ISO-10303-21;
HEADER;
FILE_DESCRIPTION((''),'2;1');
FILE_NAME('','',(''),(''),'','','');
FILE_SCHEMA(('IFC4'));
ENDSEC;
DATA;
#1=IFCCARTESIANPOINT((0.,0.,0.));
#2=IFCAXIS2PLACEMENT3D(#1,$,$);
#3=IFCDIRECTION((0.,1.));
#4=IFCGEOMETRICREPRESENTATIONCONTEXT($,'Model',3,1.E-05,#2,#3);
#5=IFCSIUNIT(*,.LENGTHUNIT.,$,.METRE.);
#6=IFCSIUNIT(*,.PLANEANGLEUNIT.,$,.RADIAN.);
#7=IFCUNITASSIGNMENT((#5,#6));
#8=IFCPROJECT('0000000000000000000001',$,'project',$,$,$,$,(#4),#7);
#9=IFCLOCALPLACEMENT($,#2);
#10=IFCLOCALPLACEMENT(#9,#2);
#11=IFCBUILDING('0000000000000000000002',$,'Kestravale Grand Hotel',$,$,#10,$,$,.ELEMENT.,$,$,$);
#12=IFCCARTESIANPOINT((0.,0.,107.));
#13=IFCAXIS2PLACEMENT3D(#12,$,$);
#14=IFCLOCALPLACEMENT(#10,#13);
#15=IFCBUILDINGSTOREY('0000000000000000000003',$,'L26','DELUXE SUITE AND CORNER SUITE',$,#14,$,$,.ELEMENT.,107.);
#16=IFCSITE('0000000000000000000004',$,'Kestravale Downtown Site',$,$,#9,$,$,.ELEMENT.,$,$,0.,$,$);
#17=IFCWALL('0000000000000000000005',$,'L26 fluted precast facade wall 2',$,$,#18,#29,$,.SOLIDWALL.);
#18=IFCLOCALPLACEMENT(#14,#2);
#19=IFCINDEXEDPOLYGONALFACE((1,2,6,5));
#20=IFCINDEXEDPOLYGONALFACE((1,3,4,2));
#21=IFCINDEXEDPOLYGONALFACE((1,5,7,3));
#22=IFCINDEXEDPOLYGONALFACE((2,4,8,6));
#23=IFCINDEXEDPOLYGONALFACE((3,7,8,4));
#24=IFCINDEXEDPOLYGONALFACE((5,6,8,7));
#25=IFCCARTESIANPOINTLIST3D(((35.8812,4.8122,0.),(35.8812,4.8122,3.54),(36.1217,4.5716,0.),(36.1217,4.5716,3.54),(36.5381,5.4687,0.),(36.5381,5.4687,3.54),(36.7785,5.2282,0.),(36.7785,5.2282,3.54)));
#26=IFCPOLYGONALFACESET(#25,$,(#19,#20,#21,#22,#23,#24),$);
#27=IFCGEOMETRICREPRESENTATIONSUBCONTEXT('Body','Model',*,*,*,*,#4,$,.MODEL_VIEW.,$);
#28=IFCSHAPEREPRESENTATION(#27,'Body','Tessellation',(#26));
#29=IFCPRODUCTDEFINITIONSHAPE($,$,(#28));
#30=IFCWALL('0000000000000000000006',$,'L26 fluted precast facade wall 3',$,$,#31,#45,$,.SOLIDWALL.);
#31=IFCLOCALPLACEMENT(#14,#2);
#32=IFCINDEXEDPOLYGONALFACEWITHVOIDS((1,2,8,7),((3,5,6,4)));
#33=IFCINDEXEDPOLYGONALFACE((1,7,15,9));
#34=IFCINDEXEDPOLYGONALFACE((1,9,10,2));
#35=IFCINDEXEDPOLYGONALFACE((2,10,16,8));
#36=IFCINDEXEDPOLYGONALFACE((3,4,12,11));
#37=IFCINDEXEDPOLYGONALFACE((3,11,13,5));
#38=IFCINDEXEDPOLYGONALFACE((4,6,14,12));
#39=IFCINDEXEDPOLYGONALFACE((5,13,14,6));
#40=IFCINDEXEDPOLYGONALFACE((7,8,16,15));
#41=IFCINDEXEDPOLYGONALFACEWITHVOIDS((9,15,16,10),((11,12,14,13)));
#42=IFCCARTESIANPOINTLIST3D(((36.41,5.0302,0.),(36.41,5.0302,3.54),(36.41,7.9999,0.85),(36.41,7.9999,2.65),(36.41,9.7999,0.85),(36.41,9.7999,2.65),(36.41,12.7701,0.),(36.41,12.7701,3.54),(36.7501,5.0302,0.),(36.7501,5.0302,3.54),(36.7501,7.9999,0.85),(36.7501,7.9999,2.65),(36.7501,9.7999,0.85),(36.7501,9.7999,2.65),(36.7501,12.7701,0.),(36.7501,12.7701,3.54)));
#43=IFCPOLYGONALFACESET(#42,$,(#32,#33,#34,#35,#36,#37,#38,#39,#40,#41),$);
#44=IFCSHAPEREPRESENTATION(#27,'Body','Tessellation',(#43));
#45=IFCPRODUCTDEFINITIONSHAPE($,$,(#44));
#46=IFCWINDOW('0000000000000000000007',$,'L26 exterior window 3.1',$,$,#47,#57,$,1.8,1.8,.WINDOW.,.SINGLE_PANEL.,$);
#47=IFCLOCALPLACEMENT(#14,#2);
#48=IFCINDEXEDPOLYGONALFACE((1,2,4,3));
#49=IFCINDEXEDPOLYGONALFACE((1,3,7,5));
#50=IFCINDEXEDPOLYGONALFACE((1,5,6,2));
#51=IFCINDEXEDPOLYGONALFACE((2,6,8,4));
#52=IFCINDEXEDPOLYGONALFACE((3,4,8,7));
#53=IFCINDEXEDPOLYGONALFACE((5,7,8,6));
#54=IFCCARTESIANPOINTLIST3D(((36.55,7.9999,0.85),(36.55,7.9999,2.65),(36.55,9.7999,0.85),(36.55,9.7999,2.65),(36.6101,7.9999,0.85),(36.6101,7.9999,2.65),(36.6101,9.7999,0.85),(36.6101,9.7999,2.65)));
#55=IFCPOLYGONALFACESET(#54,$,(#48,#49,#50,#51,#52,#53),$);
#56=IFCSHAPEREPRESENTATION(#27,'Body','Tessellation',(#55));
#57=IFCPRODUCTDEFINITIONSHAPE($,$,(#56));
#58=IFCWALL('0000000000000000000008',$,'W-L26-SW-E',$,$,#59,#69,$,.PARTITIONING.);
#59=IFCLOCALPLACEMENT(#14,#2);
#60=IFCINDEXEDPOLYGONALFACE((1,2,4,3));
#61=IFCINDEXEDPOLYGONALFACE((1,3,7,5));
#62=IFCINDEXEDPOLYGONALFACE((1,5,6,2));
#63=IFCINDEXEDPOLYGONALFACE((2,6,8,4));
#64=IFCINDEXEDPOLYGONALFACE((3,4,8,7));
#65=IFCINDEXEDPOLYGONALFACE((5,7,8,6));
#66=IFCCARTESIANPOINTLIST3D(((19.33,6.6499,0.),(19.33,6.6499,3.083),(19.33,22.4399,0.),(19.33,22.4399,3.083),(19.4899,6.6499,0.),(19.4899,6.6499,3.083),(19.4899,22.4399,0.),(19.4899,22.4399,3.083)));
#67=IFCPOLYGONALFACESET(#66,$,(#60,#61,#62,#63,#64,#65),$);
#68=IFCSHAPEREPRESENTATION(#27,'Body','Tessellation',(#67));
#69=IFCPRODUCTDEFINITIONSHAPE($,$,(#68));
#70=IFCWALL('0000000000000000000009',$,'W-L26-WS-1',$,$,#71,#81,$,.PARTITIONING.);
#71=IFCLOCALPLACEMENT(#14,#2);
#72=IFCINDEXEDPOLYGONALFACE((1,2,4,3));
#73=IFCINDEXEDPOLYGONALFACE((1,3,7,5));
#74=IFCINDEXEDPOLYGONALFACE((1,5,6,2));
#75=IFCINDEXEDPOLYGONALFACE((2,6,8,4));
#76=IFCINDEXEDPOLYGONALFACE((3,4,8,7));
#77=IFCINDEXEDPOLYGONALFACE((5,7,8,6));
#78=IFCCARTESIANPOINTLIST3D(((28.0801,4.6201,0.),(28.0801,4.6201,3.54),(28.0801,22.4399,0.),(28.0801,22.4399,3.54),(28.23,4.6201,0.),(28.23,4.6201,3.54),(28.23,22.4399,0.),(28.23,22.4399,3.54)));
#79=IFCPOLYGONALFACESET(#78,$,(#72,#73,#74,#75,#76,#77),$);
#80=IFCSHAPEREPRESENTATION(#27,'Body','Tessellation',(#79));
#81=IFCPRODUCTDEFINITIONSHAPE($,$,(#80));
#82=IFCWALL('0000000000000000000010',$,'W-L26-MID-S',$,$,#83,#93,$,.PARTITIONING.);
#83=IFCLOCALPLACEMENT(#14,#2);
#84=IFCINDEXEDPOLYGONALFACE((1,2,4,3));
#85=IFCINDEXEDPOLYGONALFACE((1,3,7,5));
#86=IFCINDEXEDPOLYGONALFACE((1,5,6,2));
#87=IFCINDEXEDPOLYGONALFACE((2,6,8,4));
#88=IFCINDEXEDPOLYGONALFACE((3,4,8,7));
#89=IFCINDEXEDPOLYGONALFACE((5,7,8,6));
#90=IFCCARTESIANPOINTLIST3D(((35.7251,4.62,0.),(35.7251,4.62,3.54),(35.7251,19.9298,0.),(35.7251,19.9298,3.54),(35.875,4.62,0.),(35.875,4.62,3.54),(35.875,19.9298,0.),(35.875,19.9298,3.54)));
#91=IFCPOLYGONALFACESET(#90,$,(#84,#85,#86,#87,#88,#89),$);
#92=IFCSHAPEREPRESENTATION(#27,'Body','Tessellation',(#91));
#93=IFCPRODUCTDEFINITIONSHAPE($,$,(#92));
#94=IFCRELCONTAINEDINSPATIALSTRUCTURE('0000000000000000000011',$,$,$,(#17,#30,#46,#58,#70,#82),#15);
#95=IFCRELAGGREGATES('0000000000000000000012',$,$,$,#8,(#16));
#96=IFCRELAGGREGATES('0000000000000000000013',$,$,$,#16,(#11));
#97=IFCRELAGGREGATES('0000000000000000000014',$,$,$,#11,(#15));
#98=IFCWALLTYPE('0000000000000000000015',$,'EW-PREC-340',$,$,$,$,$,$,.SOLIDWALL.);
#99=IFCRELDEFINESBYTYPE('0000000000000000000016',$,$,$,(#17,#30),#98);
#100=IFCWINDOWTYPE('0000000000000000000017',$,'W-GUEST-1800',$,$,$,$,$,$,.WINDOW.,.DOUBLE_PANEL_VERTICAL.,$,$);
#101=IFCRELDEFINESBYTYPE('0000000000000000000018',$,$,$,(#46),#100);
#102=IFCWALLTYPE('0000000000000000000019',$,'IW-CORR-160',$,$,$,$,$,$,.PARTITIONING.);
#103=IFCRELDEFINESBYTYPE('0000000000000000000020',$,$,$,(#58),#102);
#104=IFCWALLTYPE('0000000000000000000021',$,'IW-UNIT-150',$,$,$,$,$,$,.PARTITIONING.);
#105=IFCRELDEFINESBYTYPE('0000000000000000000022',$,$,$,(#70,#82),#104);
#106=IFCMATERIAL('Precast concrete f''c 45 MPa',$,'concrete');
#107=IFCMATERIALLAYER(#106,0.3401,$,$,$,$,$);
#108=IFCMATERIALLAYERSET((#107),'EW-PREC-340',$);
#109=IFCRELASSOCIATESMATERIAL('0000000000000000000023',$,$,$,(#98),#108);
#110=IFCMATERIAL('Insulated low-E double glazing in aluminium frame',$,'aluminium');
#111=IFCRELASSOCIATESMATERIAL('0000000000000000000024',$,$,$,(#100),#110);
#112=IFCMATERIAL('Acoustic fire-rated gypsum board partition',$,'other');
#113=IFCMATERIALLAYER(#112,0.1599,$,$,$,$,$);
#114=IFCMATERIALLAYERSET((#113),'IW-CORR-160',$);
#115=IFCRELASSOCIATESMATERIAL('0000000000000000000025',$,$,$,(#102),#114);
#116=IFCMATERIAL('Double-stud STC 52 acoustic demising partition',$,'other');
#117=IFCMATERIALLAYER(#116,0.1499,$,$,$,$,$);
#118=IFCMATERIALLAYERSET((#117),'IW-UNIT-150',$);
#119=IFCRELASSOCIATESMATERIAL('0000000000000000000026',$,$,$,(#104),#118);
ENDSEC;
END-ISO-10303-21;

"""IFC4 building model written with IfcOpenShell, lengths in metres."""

from ifc_helpers import new_model, si_unit, direction, frame, frame_2d, origin, place, context, subcontext, project, spatial, rectangle, extrude, material, layer, layer_set, type_object, element, fill, save


model = new_model("IFC4")

# Units and contexts
model_context = context("Model", 3, precision=1e-05, world=origin(), true_north=direction((0.0, 1.0)))
body_context = subcontext(model_context, "Body", "Model", "MODEL_VIEW")
ifc_project = project(units=[si_unit("LENGTHUNIT", "METRE"), si_unit("PLANEANGLEUNIT", "RADIAN")], contexts=[model_context])

# Site, building, storey
site_placement = place(None, origin())
site = spatial("IfcSite", under=ifc_project, at=site_placement, Name="Kestravale Downtown Site", CompositionType="ELEMENT", RefElevation=0.0)
building_placement = place(site_placement, origin())
building = spatial("IfcBuilding", under=site, at=building_placement, Name="Kestravale Grand Hotel", CompositionType="ELEMENT")
storey_placement = place(building_placement, frame((0.0, 0.0, 107.0)))
storey = spatial("IfcBuildingStorey", under=building, at=storey_placement, Name="L26", Description="DELUXE SUITE AND CORNER SUITE", CompositionType="ELEMENT", Elevation=107.0)

# Wall
ifc_material_1 = material(Name="Precast concrete f'c 45 MPa", Category="concrete")
ifc_layer_1 = layer(ifc_material_1, 0.3401)
ifc_layer_set_1 = layer_set([ifc_layer_1], Name="EW-PREC-340")
wall_type_1 = type_object("IfcWallType", Name="EW-PREC-340", PredefinedType="SOLIDWALL", material=ifc_layer_set_1)
wall_1_placement = place(storey_placement, frame((36.0015, 4.6919, 0.0), z_axis=(0.0, 0.0, 1.0), x_axis=(0.707238, 0.706975, 0.0)))
element("IfcWall", 1, at=wall_1_placement, inside=storey, type_object=wall_type_1, Name="L26 fluted precast facade wall 2", PredefinedType="SOLIDWALL", context=body_context, shape_type="SweptSolid", body=[
    extrude(rectangle(XDim=0.9287, YDim=0.3401, at=frame_2d((0.4644, 0.0))), origin(), (0.0, 0.0, 1.0), 3.54),
])

# Wall, opening, window
wall_2_placement = place(storey_placement, frame((36.5801, 5.03, 0.0), z_axis=(0.0, 0.0, 1.0), x_axis=(0.0, 1.0, 0.0)))
wall_2 = element("IfcWall", 2, at=wall_2_placement, inside=storey, type_object=wall_type_1, Name="L26 fluted precast facade wall 3", PredefinedType="SOLIDWALL", context=body_context, shape_type="SweptSolid", body=[
    extrude(rectangle(XDim=7.74, YDim=0.3401, at=frame_2d((3.8701, 0.0))), origin(), (0.0, 0.0, 1.0), 3.54),
])
opening_placement = place(wall_2_placement, frame((2.97, 0.0, 0.8501)))
opening = element("IfcOpeningElement", 3, at=opening_placement, cuts=wall_2, PredefinedType="OPENING", context=body_context, shape_type="SweptSolid", body=[
    extrude(rectangle(XDim=1.8, YDim=1.8, at=frame_2d((0.8999, 0.8999))), frame((0.0, 0.1799, 0.0), z_axis=(0.0, -1.0, 0.0), x_axis=(1.0, 0.0, 0.0)), (0.0, 0.0, 1.0), 0.3601),
])
ifc_material_2 = material(Name="Insulated low-E double glazing in aluminium frame", Category="aluminium")
window_type = type_object("IfcWindowType", Name="W-GUEST-1800", PartitioningType="DOUBLE_PANEL_VERTICAL", PredefinedType="WINDOW", material=ifc_material_2)
window_placement = place(opening_placement, origin())
window = element("IfcWindow", 4, at=window_placement, inside=storey, type_object=window_type, Name="L26 exterior window 3.1", OverallHeight=1.8, OverallWidth=1.8, PartitioningType="SINGLE_PANEL", PredefinedType="WINDOW", context=body_context, shape_type="SweptSolid", body=[
    extrude(rectangle(XDim=1.8, YDim=1.8, at=frame_2d((0.8999, 0.8999))), frame((0.0, 0.03, 0.0), z_axis=(0.0, -1.0, 0.0), x_axis=(1.0, 0.0, 0.0)), (0.0, 0.0, 1.0), 0.0601),
])
fill(opening, window)

# Walls
ifc_material_3 = material(Name="Acoustic fire-rated gypsum board partition", Category="other")
ifc_layer_2 = layer(ifc_material_3, 0.1599)
ifc_layer_set_2 = layer_set([ifc_layer_2], Name="IW-CORR-160")
wall_type_2 = type_object("IfcWallType", Name="IW-CORR-160", PredefinedType="PARTITIONING", material=ifc_layer_set_2)
wall_3_placement = place(storey_placement, frame((19.4099, 6.6499, 0.0), z_axis=(0.0, 0.0, 1.0), x_axis=(0.0, 1.0, 0.0)))
element("IfcWall", 5, at=wall_3_placement, inside=storey, type_object=wall_type_2, Name="W-L26-SW-E", PredefinedType="PARTITIONING", context=body_context, shape_type="SweptSolid", body=[
    extrude(rectangle(XDim=15.79, YDim=0.1599, at=frame_2d((7.895, 0.0))), origin(), (0.0, 0.0, 1.0), 3.083),
])
ifc_material_4 = material(Name="Double-stud STC 52 acoustic demising partition", Category="other")
ifc_layer_3 = layer(ifc_material_4, 0.1499)
ifc_layer_set_3 = layer_set([ifc_layer_3], Name="IW-UNIT-150")
wall_type_3 = type_object("IfcWallType", Name="IW-UNIT-150", PredefinedType="PARTITIONING", material=ifc_layer_set_3)
wall_4_placement = place(storey_placement, frame((28.155, 4.6201, 0.0), z_axis=(0.0, 0.0, 1.0), x_axis=(0.0, 1.0, 0.0)))
element("IfcWall", 6, at=wall_4_placement, inside=storey, type_object=wall_type_3, Name="W-L26-WS-1", PredefinedType="PARTITIONING", context=body_context, shape_type="SweptSolid", body=[
    extrude(rectangle(XDim=17.8198, YDim=0.1499, at=frame_2d((8.9099, 0.0))), origin(), (0.0, 0.0, 1.0), 3.54),
])
wall_5_placement = place(storey_placement, frame((35.8, 4.6201, 0.0), z_axis=(0.0, 0.0, 1.0), x_axis=(0.0, 1.0, 0.0)))
element("IfcWall", 7, at=wall_5_placement, inside=storey, type_object=wall_type_3, Name="W-L26-MID-S", PredefinedType="PARTITIONING", context=body_context, shape_type="SweptSolid", body=[
    extrude(rectangle(XDim=15.3098, YDim=0.1499, at=frame_2d((7.6548, 0.0))), origin(), (0.0, 0.0, 1.0), 3.54),
])

save(model, "model.ifc")
